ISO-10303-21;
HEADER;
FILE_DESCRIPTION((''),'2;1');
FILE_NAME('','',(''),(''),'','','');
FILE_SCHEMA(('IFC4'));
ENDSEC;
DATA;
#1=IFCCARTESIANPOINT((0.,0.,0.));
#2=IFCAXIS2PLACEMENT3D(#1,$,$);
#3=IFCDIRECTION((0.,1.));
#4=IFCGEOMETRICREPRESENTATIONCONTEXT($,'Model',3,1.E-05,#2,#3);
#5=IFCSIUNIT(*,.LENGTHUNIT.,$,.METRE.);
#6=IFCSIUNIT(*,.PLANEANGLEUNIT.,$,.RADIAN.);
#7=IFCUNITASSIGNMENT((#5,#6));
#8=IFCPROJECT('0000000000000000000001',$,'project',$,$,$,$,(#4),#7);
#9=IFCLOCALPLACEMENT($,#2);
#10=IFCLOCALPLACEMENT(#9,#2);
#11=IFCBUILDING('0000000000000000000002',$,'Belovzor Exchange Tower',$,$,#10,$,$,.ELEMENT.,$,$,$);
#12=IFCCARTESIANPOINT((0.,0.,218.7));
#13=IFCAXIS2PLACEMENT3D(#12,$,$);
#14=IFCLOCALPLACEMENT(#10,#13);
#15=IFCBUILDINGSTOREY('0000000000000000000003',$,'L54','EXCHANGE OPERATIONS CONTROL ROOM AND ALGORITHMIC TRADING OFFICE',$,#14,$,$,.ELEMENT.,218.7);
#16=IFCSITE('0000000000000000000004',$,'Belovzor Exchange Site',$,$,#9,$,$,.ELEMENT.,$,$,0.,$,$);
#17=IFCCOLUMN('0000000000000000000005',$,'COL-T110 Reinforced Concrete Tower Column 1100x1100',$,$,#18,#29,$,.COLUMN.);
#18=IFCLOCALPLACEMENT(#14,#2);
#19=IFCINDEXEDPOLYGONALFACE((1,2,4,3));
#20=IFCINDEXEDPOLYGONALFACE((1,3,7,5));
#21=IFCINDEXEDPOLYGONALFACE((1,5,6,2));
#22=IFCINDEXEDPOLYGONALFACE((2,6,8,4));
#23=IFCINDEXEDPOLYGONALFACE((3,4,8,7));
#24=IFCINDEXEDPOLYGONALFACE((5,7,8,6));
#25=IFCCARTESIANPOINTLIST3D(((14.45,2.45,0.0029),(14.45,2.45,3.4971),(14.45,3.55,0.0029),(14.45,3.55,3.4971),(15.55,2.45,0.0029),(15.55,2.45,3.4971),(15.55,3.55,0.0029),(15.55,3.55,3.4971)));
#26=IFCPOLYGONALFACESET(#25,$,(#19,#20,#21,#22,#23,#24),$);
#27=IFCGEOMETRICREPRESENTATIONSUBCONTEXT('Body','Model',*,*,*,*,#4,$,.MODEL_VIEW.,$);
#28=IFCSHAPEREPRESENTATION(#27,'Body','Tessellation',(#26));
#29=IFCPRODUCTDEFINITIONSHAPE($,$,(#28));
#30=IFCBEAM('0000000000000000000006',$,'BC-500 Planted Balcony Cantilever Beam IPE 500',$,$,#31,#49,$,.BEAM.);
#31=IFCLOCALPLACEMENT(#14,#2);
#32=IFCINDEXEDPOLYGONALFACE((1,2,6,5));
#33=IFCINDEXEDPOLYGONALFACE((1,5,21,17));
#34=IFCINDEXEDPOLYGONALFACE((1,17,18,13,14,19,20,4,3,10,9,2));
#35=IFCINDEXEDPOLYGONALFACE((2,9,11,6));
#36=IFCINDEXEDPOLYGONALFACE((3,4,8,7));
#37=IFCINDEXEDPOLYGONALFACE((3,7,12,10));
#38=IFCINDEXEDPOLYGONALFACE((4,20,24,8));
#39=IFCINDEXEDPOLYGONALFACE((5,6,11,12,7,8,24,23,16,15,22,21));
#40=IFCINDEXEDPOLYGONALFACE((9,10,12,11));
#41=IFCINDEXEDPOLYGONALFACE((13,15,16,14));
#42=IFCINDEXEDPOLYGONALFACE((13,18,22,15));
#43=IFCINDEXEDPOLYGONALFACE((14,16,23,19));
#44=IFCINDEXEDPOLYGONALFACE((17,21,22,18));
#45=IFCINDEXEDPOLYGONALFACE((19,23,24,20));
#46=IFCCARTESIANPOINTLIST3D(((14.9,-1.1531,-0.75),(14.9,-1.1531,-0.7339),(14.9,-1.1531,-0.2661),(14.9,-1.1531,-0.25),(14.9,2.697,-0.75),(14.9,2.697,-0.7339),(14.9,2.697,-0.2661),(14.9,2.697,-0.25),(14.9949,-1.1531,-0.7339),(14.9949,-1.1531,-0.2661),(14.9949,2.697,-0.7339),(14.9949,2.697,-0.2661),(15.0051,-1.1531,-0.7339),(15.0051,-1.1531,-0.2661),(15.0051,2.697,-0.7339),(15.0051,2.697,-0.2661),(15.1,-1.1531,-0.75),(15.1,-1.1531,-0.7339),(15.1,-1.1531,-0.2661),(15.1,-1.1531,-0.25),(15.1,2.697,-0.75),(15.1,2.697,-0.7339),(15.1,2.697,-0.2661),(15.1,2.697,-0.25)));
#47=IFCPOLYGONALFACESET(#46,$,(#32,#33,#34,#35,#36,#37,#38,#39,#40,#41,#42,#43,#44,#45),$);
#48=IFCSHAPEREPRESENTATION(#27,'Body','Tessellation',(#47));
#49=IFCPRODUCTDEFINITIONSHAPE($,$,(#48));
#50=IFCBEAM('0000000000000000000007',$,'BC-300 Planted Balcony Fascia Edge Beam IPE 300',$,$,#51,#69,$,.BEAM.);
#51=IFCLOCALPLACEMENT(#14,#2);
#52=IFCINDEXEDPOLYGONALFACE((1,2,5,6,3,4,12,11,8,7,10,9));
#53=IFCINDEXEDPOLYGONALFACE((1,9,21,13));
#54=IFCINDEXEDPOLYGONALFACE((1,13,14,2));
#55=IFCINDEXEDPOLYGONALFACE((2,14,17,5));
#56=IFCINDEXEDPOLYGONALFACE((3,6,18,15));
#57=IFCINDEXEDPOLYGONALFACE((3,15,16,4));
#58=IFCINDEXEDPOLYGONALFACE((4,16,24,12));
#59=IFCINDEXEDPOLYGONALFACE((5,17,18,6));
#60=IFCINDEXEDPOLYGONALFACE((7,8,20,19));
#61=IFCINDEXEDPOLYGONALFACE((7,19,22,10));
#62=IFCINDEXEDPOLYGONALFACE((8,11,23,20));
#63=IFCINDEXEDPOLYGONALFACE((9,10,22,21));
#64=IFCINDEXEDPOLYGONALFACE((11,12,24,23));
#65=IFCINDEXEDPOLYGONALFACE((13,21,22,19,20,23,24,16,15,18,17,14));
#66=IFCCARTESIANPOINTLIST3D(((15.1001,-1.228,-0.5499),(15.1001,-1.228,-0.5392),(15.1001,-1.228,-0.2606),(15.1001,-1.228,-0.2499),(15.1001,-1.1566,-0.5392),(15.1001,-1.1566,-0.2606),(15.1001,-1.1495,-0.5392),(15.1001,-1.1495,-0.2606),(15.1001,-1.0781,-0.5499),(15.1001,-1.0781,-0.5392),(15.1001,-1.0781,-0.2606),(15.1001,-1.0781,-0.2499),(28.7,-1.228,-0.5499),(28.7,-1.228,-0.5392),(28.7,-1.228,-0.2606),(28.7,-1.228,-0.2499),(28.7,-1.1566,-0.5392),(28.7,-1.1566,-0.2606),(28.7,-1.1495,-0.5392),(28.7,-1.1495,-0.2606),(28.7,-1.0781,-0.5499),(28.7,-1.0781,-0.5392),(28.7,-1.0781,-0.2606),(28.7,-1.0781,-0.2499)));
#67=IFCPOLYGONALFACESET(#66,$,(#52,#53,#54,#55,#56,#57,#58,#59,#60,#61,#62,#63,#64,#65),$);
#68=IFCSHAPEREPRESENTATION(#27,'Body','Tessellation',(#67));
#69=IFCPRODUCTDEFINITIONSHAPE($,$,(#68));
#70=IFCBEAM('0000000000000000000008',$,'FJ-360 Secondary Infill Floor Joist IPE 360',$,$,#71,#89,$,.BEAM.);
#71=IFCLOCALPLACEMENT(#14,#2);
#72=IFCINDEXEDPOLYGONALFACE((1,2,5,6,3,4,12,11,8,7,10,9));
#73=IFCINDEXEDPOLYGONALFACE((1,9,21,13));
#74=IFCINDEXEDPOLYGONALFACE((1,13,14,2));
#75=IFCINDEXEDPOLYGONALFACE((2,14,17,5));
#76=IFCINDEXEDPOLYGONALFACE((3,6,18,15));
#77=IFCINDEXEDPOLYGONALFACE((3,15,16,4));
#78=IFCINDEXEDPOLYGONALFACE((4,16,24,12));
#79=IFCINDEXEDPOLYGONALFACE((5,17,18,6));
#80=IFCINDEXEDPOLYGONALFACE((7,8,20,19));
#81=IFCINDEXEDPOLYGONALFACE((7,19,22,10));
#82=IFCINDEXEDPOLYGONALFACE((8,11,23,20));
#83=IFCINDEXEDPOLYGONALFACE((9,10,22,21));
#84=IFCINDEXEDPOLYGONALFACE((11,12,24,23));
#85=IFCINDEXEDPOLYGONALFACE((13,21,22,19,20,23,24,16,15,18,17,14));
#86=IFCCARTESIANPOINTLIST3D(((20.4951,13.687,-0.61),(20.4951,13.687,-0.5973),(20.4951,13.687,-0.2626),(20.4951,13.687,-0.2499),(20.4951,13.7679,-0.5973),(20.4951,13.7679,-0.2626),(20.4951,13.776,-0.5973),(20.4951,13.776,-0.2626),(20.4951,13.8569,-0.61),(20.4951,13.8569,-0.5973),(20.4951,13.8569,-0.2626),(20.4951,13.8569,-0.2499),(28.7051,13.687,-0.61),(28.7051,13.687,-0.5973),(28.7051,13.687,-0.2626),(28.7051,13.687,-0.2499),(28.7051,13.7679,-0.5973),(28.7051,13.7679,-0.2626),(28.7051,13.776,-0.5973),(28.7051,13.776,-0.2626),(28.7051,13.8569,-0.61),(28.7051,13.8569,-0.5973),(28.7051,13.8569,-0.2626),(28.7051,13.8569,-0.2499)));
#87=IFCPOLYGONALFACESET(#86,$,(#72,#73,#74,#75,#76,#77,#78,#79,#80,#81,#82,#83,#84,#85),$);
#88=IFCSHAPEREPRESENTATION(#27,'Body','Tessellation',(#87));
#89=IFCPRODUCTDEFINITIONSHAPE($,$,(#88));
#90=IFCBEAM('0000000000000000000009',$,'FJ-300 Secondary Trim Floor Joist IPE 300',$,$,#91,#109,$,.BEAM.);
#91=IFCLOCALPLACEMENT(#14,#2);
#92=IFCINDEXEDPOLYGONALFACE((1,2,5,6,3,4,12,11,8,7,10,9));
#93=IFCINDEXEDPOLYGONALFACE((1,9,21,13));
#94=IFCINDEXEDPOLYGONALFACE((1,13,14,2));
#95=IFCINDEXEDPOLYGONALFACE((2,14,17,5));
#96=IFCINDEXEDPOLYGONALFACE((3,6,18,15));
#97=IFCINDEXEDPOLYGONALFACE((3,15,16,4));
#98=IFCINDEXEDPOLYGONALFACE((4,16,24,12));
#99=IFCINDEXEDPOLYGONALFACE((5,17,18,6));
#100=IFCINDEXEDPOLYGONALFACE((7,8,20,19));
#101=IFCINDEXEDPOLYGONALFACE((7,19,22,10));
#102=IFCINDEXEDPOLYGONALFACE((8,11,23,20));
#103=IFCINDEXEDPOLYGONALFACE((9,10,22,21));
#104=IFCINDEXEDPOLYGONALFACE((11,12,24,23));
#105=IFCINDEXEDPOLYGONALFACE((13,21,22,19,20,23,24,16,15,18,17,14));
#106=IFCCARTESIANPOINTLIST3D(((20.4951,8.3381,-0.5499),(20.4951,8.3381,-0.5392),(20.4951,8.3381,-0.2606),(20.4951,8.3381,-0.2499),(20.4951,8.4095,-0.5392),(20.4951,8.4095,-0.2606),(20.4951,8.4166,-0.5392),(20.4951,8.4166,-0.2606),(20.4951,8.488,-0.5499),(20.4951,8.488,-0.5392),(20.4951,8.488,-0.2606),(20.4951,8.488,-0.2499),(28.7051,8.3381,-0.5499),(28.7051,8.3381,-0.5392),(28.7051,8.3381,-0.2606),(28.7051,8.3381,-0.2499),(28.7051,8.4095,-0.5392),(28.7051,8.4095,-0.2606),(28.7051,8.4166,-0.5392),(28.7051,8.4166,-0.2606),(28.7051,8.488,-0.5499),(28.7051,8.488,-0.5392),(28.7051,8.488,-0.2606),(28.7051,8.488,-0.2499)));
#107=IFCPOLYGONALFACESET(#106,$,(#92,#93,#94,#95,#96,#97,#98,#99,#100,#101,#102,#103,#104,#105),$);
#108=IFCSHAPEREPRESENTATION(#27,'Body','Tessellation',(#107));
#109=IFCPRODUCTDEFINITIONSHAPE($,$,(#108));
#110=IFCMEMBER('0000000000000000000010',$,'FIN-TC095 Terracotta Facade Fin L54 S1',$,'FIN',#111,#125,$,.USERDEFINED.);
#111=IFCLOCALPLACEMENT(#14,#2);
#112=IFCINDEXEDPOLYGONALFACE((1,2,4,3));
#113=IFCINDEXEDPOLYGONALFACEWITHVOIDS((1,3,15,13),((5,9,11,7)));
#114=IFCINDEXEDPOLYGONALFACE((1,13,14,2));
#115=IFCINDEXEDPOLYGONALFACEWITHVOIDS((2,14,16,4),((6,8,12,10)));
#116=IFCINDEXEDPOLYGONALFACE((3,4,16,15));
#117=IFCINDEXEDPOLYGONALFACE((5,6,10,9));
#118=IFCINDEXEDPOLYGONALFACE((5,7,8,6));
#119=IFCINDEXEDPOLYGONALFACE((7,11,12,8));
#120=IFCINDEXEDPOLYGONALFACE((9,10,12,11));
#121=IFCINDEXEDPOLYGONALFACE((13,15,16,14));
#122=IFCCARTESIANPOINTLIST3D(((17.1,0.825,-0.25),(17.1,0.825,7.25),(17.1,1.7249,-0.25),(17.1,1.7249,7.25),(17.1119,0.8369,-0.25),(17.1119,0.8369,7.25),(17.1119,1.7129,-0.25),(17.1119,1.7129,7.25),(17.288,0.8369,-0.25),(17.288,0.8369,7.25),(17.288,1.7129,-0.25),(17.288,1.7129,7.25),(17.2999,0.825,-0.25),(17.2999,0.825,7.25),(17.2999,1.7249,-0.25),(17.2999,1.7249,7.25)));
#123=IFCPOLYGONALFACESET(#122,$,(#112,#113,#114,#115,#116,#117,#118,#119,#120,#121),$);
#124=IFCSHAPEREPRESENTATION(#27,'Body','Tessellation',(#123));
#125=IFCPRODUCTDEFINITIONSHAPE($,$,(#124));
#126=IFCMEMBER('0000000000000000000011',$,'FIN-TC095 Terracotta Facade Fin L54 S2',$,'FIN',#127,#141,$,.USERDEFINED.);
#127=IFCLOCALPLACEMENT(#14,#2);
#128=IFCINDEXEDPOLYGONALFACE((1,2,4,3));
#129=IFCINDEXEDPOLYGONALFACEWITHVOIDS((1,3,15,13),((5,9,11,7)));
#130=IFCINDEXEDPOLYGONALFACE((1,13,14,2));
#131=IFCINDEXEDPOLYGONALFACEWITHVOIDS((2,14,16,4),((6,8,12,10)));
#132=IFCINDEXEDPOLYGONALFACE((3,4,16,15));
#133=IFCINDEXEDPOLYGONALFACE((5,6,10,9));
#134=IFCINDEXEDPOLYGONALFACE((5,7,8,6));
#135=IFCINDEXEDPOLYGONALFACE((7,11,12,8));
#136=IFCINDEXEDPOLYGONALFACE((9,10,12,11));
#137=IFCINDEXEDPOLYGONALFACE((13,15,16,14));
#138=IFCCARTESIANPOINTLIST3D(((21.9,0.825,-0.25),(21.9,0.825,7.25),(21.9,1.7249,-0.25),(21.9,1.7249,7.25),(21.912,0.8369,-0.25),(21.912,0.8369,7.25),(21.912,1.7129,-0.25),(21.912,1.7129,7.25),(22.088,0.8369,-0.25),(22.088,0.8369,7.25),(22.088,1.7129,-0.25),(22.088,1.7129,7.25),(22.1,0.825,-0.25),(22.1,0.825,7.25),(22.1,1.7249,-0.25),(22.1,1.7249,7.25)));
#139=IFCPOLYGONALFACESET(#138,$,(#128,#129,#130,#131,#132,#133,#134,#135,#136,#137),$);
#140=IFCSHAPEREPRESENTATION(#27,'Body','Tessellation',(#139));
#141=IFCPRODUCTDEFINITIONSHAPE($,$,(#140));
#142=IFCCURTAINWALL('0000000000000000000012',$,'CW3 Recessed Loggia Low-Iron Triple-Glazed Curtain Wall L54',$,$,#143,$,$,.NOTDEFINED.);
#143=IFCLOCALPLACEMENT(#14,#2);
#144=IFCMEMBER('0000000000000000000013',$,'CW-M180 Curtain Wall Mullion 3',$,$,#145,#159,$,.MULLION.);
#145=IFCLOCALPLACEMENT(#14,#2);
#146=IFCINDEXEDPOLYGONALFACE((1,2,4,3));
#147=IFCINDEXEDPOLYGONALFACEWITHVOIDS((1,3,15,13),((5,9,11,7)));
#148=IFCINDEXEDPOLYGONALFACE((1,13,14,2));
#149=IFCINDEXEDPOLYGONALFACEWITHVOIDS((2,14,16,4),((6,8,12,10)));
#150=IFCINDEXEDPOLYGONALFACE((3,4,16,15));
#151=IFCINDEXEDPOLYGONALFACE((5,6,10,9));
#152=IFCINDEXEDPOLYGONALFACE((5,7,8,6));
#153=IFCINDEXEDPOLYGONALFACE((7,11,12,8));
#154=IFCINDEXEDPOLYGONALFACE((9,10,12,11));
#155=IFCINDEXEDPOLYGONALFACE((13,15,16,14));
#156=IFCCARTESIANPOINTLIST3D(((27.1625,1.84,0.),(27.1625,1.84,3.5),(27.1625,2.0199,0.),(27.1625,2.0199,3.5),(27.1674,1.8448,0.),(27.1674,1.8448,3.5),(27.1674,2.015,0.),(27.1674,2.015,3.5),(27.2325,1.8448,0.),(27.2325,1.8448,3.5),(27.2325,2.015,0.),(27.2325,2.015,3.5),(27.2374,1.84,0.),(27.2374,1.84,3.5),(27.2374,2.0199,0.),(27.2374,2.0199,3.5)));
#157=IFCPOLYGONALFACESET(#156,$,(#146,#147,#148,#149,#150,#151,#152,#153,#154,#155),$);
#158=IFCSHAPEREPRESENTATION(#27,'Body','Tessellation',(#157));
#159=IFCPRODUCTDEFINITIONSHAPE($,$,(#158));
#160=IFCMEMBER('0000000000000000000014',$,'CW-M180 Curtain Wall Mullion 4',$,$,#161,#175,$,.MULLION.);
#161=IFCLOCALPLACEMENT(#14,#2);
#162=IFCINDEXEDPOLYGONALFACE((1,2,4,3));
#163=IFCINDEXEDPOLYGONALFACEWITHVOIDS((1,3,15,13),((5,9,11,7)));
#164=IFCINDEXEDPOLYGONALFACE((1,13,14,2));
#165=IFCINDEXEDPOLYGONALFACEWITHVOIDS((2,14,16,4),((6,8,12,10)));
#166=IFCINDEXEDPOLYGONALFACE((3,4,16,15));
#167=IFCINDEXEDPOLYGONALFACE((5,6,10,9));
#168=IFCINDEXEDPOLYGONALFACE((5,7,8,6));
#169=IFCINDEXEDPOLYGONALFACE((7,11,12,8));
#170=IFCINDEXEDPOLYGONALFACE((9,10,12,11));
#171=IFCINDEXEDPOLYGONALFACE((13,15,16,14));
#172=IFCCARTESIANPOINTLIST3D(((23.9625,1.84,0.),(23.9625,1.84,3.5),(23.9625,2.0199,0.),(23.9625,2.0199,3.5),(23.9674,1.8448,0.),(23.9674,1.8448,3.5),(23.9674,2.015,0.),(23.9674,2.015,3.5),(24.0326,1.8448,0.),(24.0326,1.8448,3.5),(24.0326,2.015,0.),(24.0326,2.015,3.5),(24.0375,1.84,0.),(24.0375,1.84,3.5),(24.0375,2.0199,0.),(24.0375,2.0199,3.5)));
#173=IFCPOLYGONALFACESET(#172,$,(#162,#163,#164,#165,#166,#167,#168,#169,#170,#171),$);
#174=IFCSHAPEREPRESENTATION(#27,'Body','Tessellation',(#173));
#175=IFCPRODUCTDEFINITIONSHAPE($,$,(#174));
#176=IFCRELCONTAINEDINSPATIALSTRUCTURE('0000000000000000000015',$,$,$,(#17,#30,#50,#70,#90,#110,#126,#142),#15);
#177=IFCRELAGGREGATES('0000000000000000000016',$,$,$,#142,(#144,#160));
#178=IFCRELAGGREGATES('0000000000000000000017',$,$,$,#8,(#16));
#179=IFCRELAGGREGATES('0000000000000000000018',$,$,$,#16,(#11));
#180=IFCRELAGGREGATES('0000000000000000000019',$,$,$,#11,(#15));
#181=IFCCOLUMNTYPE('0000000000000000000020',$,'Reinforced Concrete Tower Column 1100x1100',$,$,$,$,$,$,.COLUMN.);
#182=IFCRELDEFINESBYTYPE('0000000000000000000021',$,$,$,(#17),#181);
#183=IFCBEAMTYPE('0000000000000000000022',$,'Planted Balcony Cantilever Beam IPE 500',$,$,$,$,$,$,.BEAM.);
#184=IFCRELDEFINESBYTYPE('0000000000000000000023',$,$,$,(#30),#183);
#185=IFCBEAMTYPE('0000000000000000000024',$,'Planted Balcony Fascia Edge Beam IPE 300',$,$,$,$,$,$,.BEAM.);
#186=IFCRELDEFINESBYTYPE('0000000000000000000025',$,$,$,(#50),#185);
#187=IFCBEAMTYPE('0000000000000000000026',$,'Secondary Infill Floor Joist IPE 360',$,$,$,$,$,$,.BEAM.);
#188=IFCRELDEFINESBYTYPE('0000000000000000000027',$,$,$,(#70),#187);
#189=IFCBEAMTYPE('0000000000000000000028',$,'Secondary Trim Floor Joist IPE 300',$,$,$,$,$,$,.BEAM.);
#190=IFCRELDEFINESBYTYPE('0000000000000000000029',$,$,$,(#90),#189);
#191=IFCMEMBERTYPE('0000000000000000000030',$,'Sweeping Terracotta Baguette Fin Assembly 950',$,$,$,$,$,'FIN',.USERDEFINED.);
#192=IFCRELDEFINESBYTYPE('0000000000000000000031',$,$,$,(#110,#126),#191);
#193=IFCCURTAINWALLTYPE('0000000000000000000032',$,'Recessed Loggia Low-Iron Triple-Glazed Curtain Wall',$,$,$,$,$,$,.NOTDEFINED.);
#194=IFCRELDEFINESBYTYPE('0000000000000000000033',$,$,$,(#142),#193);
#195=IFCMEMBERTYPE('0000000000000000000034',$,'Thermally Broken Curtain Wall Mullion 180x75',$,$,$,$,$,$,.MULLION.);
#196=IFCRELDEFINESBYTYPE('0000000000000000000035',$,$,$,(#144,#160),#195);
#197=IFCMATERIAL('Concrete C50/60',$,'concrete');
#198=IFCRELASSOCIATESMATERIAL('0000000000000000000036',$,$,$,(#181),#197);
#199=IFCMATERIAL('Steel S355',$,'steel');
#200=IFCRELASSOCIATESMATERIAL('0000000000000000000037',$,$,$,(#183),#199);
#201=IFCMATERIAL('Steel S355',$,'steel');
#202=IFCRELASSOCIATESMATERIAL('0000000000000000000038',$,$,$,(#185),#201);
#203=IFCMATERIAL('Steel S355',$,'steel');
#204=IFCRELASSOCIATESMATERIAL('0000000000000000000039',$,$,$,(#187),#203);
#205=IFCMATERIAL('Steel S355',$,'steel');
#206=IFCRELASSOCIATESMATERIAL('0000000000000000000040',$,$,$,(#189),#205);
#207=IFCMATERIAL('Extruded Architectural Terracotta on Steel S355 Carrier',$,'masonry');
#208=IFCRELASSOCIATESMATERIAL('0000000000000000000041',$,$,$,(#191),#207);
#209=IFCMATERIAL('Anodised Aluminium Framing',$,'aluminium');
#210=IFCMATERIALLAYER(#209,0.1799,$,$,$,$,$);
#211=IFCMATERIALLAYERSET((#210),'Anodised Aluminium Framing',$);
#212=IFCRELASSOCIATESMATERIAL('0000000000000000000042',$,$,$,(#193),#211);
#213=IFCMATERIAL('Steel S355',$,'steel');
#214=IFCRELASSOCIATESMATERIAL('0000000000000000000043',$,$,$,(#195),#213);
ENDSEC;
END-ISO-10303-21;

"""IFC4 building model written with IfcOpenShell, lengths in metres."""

from ifc_helpers import new_model, si_unit, direction, frame, origin, origin_2d, place, context, subcontext, project, spatial, rectangle, hollow_rectangle, i_section, extrude, material, layer, layer_set, material_profile, profile_set, type_object, element, aggregate, save


model = new_model("IFC4")

# Units and contexts
model_context = context("Model", 3, precision=1e-05, world=origin(), true_north=direction((0.0, 1.0)))
body_context = subcontext(model_context, "Body", "Model", "MODEL_VIEW")
ifc_project = project(units=[si_unit("LENGTHUNIT", "METRE"), si_unit("PLANEANGLEUNIT", "RADIAN")], contexts=[model_context])

# Site, building, storey
site_placement = place(None, origin())
site = spatial("IfcSite", under=ifc_project, at=site_placement, Name="Belovzor Exchange Site", CompositionType="ELEMENT", RefElevation=0.0)
building_placement = place(site_placement, origin())
building = spatial("IfcBuilding", under=site, at=building_placement, Name="Belovzor Exchange Tower", CompositionType="ELEMENT")
storey_placement = place(building_placement, frame((0.0, 0.0, 218.7)))
storey = spatial("IfcBuildingStorey", under=building, at=storey_placement, Name="L54", Description="EXCHANGE OPERATIONS CONTROL ROOM AND ALGORITHMIC TRADING OFFICE", CompositionType="ELEMENT", Elevation=218.7)

# Column
ifc_material_1 = material(Name="Concrete C50/60", Category="concrete")
ifc_material_profile_1 = material_profile(ifc_material_1, rectangle(XDim=1.1001, YDim=1.1001, at=origin_2d()))
ifc_profile_set_1 = profile_set([ifc_material_profile_1], Name="Concrete C50/60")
column_type = type_object("IfcColumnType", Name="Reinforced Concrete Tower Column 1100x1100", PredefinedType="COLUMN", material=ifc_profile_set_1)
column_placement = place(storey_placement, frame((15.0, 3.0, 0.0029), z_axis=(0.0, 0.0, 1.0), x_axis=(1.0, 0.0, 0.0)))
element("IfcColumn", 1, at=column_placement, inside=storey, type_object=column_type, Name="COL-T110 Reinforced Concrete Tower Column 1100x1100", PredefinedType="COLUMN", context=body_context, shape_type="SweptSolid", body=[
    extrude(rectangle(XDim=1.1001, YDim=1.1001, at=origin_2d()), origin(), (0.0, 0.0, 1.0), 3.4941),
])

# Beams
ifc_material_2 = material(Name="Steel S355", Category="steel")
ifc_material_profile_2 = material_profile(ifc_material_2, i_section(OverallWidth=0.2, OverallDepth=0.5, WebThickness=0.0103, FlangeThickness=0.0161, at=origin_2d()))
ifc_profile_set_2 = profile_set([ifc_material_profile_2], Name="Steel S355")
beam_type_1 = type_object("IfcBeamType", Name="Planted Balcony Cantilever Beam IPE 500", PredefinedType="BEAM", material=ifc_profile_set_2)
beam_1_placement = place(storey_placement, frame((15.0, 2.697, -0.5), z_axis=(0.0, -1.0, 0.0), x_axis=(1.0, 0.0, 0.0)))
element("IfcBeam", 2, at=beam_1_placement, inside=storey, type_object=beam_type_1, Name="BC-500 Planted Balcony Cantilever Beam IPE 500", PredefinedType="BEAM", context=body_context, shape_type="SweptSolid", body=[
    extrude(i_section(OverallWidth=0.2, OverallDepth=0.5, WebThickness=0.0103, FlangeThickness=0.0161, at=origin_2d()), origin(), (0.0, 0.0, 1.0), 3.8501),
])
ifc_material_3 = material(Name="Steel S355", Category="steel")
ifc_material_profile_3 = material_profile(ifc_material_3, i_section(OverallWidth=0.1499, OverallDepth=0.3, WebThickness=0.0071, FlangeThickness=0.0107, at=origin_2d()))
ifc_profile_set_3 = profile_set([ifc_material_profile_3], Name="Steel S355")
beam_type_2 = type_object("IfcBeamType", Name="Planted Balcony Fascia Edge Beam IPE 300", PredefinedType="BEAM", material=ifc_profile_set_3)
beam_2_placement = place(storey_placement, frame((15.1001, -1.1531, -0.3999), z_axis=(1.0, 0.0, 0.0), x_axis=(0.0, 1.0, 0.0)))
element("IfcBeam", 3, at=beam_2_placement, inside=storey, type_object=beam_type_2, Name="BC-300 Planted Balcony Fascia Edge Beam IPE 300", PredefinedType="BEAM", context=body_context, shape_type="SweptSolid", body=[
    extrude(i_section(OverallWidth=0.1499, OverallDepth=0.3, WebThickness=0.0071, FlangeThickness=0.0107, at=origin_2d()), origin(), (0.0, 0.0, 1.0), 13.5999),
])
ifc_material_4 = material(Name="Steel S355", Category="steel")
ifc_material_profile_4 = material_profile(ifc_material_4, i_section(OverallWidth=0.1699, OverallDepth=0.3601, WebThickness=0.0081, FlangeThickness=0.0127, at=origin_2d()))
ifc_profile_set_4 = profile_set([ifc_material_profile_4], Name="Steel S355")
beam_type_3 = type_object("IfcBeamType", Name="Secondary Infill Floor Joist IPE 360", PredefinedType="BEAM", material=ifc_profile_set_4)
beam_3_placement = place(storey_placement, frame((20.4951, 13.772, -0.4299), z_axis=(1.0, 0.0, 0.0), x_axis=(0.0, 1.0, 0.0)))
element("IfcBeam", 4, at=beam_3_placement, inside=storey, type_object=beam_type_3, Name="FJ-360 Secondary Infill Floor Joist IPE 360", PredefinedType="BEAM", context=body_context, shape_type="SweptSolid", body=[
    extrude(i_section(OverallWidth=0.1699, OverallDepth=0.3601, WebThickness=0.0081, FlangeThickness=0.0127, at=origin_2d()), origin(), (0.0, 0.0, 1.0), 8.21),
])
ifc_material_5 = material(Name="Steel S355", Category="steel")
ifc_material_profile_5 = material_profile(ifc_material_5, i_section(OverallWidth=0.1499, OverallDepth=0.3, WebThickness=0.0071, FlangeThickness=0.0107, at=origin_2d()))
ifc_profile_set_5 = profile_set([ifc_material_profile_5], Name="Steel S355")
beam_type_4 = type_object("IfcBeamType", Name="Secondary Trim Floor Joist IPE 300", PredefinedType="BEAM", material=ifc_profile_set_5)
beam_4_placement = place(storey_placement, frame((20.4951, 8.4131, -0.3999), z_axis=(1.0, 0.0, 0.0), x_axis=(0.0, 1.0, 0.0)))
element("IfcBeam", 5, at=beam_4_placement, inside=storey, type_object=beam_type_4, Name="FJ-300 Secondary Trim Floor Joist IPE 300", PredefinedType="BEAM", context=body_context, shape_type="SweptSolid", body=[
    extrude(i_section(OverallWidth=0.1499, OverallDepth=0.3, WebThickness=0.0071, FlangeThickness=0.0107, at=origin_2d()), origin(), (0.0, 0.0, 1.0), 8.21),
])

# Members
ifc_material_6 = material(Name="Extruded Architectural Terracotta on Steel S355 Carrier", Category="masonry")
ifc_material_profile_6 = material_profile(ifc_material_6, hollow_rectangle(XDim=0.2, YDim=0.8999, WallThickness=0.012, at=origin_2d()))
ifc_profile_set_6 = profile_set([ifc_material_profile_6], Name="Extruded Architectural Terracotta on Steel S355 Carrier")
member_type_1 = type_object("IfcMemberType", Name="Sweeping Terracotta Baguette Fin Assembly 950", ElementType="FIN", PredefinedType="USERDEFINED", material=ifc_profile_set_6)
for number, where, z_axis, x_axis, name in (
    (6, (17.2, 1.2749, -0.25), (0.0, 0.0, 1.0), (1.0, 0.0, 0.0), "FIN-TC095 Terracotta Facade Fin L54 S1"),
    (7, (22.0, 1.2749, -0.25), (0.0, 0.0, 1.0), (1.0, 0.0, 0.0), "FIN-TC095 Terracotta Facade Fin L54 S2"),
):
    element("IfcMember", number, at=place(storey_placement, frame(where, z_axis=z_axis, x_axis=x_axis)), inside=storey, type_object=member_type_1, Name=name, ObjectType="FIN", PredefinedType="USERDEFINED", context=body_context, shape_type="SweptSolid", body=[
        extrude(hollow_rectangle(XDim=0.2, YDim=0.8999, WallThickness=0.012, at=origin_2d()), origin(), (0.0, 0.0, 1.0), 7.5),
    ])

# Curtain wall, members
ifc_material_7 = material(Name="Anodised Aluminium Framing", Category="aluminium")
ifc_layer_1 = layer(ifc_material_7, 0.1799)
ifc_layer_set_1 = layer_set([ifc_layer_1], Name="Anodised Aluminium Framing")
curtain_wall_type = type_object("IfcCurtainWallType", Name="Recessed Loggia Low-Iron Triple-Glazed Curtain Wall", PredefinedType="NOTDEFINED", material=ifc_layer_set_1)
curtain_wall_placement = place(storey_placement, origin())
curtain_wall = element("IfcCurtainWall", 8, at=curtain_wall_placement, inside=storey, type_object=curtain_wall_type, Name="CW3 Recessed Loggia Low-Iron Triple-Glazed Curtain Wall L54", PredefinedType="NOTDEFINED")
ifc_material_8 = material(Name="Steel S355", Category="steel")
ifc_material_profile_7 = material_profile(ifc_material_8, hollow_rectangle(XDim=0.075, YDim=0.1799, WallThickness=0.0049, at=origin_2d()))
ifc_profile_set_7 = profile_set([ifc_material_profile_7], Name="Steel S355")
member_type_2 = type_object("IfcMemberType", Name="Thermally Broken Curtain Wall Mullion 180x75", PredefinedType="MULLION", material=ifc_profile_set_7)
member_1_placement = place(storey_placement, frame((27.2, 1.9299, 0.0), z_axis=(0.0, 0.0, 1.0), x_axis=(-1.0, 0.0, 0.0)))
member_1 = element("IfcMember", 9, at=member_1_placement, type_object=member_type_2, Name="CW-M180 Curtain Wall Mullion 3", PredefinedType="MULLION", context=body_context, shape_type="SweptSolid", body=[
    extrude(hollow_rectangle(XDim=0.075, YDim=0.1799, WallThickness=0.0049, at=origin_2d()), origin(), (0.0, 0.0, 1.0), 3.5),
])
member_2_placement = place(storey_placement, frame((24.0, 1.9299, 0.0), z_axis=(0.0, 0.0, 1.0), x_axis=(-1.0, 0.0, 0.0)))
member_2 = element("IfcMember", 10, at=member_2_placement, type_object=member_type_2, Name="CW-M180 Curtain Wall Mullion 4", PredefinedType="MULLION", context=body_context, shape_type="SweptSolid", body=[
    extrude(hollow_rectangle(XDim=0.075, YDim=0.1799, WallThickness=0.0049, at=origin_2d()), origin(), (0.0, 0.0, 1.0), 3.5),
])

aggregate(curtain_wall, [member_1, member_2])

save(model, "model.ifc")
